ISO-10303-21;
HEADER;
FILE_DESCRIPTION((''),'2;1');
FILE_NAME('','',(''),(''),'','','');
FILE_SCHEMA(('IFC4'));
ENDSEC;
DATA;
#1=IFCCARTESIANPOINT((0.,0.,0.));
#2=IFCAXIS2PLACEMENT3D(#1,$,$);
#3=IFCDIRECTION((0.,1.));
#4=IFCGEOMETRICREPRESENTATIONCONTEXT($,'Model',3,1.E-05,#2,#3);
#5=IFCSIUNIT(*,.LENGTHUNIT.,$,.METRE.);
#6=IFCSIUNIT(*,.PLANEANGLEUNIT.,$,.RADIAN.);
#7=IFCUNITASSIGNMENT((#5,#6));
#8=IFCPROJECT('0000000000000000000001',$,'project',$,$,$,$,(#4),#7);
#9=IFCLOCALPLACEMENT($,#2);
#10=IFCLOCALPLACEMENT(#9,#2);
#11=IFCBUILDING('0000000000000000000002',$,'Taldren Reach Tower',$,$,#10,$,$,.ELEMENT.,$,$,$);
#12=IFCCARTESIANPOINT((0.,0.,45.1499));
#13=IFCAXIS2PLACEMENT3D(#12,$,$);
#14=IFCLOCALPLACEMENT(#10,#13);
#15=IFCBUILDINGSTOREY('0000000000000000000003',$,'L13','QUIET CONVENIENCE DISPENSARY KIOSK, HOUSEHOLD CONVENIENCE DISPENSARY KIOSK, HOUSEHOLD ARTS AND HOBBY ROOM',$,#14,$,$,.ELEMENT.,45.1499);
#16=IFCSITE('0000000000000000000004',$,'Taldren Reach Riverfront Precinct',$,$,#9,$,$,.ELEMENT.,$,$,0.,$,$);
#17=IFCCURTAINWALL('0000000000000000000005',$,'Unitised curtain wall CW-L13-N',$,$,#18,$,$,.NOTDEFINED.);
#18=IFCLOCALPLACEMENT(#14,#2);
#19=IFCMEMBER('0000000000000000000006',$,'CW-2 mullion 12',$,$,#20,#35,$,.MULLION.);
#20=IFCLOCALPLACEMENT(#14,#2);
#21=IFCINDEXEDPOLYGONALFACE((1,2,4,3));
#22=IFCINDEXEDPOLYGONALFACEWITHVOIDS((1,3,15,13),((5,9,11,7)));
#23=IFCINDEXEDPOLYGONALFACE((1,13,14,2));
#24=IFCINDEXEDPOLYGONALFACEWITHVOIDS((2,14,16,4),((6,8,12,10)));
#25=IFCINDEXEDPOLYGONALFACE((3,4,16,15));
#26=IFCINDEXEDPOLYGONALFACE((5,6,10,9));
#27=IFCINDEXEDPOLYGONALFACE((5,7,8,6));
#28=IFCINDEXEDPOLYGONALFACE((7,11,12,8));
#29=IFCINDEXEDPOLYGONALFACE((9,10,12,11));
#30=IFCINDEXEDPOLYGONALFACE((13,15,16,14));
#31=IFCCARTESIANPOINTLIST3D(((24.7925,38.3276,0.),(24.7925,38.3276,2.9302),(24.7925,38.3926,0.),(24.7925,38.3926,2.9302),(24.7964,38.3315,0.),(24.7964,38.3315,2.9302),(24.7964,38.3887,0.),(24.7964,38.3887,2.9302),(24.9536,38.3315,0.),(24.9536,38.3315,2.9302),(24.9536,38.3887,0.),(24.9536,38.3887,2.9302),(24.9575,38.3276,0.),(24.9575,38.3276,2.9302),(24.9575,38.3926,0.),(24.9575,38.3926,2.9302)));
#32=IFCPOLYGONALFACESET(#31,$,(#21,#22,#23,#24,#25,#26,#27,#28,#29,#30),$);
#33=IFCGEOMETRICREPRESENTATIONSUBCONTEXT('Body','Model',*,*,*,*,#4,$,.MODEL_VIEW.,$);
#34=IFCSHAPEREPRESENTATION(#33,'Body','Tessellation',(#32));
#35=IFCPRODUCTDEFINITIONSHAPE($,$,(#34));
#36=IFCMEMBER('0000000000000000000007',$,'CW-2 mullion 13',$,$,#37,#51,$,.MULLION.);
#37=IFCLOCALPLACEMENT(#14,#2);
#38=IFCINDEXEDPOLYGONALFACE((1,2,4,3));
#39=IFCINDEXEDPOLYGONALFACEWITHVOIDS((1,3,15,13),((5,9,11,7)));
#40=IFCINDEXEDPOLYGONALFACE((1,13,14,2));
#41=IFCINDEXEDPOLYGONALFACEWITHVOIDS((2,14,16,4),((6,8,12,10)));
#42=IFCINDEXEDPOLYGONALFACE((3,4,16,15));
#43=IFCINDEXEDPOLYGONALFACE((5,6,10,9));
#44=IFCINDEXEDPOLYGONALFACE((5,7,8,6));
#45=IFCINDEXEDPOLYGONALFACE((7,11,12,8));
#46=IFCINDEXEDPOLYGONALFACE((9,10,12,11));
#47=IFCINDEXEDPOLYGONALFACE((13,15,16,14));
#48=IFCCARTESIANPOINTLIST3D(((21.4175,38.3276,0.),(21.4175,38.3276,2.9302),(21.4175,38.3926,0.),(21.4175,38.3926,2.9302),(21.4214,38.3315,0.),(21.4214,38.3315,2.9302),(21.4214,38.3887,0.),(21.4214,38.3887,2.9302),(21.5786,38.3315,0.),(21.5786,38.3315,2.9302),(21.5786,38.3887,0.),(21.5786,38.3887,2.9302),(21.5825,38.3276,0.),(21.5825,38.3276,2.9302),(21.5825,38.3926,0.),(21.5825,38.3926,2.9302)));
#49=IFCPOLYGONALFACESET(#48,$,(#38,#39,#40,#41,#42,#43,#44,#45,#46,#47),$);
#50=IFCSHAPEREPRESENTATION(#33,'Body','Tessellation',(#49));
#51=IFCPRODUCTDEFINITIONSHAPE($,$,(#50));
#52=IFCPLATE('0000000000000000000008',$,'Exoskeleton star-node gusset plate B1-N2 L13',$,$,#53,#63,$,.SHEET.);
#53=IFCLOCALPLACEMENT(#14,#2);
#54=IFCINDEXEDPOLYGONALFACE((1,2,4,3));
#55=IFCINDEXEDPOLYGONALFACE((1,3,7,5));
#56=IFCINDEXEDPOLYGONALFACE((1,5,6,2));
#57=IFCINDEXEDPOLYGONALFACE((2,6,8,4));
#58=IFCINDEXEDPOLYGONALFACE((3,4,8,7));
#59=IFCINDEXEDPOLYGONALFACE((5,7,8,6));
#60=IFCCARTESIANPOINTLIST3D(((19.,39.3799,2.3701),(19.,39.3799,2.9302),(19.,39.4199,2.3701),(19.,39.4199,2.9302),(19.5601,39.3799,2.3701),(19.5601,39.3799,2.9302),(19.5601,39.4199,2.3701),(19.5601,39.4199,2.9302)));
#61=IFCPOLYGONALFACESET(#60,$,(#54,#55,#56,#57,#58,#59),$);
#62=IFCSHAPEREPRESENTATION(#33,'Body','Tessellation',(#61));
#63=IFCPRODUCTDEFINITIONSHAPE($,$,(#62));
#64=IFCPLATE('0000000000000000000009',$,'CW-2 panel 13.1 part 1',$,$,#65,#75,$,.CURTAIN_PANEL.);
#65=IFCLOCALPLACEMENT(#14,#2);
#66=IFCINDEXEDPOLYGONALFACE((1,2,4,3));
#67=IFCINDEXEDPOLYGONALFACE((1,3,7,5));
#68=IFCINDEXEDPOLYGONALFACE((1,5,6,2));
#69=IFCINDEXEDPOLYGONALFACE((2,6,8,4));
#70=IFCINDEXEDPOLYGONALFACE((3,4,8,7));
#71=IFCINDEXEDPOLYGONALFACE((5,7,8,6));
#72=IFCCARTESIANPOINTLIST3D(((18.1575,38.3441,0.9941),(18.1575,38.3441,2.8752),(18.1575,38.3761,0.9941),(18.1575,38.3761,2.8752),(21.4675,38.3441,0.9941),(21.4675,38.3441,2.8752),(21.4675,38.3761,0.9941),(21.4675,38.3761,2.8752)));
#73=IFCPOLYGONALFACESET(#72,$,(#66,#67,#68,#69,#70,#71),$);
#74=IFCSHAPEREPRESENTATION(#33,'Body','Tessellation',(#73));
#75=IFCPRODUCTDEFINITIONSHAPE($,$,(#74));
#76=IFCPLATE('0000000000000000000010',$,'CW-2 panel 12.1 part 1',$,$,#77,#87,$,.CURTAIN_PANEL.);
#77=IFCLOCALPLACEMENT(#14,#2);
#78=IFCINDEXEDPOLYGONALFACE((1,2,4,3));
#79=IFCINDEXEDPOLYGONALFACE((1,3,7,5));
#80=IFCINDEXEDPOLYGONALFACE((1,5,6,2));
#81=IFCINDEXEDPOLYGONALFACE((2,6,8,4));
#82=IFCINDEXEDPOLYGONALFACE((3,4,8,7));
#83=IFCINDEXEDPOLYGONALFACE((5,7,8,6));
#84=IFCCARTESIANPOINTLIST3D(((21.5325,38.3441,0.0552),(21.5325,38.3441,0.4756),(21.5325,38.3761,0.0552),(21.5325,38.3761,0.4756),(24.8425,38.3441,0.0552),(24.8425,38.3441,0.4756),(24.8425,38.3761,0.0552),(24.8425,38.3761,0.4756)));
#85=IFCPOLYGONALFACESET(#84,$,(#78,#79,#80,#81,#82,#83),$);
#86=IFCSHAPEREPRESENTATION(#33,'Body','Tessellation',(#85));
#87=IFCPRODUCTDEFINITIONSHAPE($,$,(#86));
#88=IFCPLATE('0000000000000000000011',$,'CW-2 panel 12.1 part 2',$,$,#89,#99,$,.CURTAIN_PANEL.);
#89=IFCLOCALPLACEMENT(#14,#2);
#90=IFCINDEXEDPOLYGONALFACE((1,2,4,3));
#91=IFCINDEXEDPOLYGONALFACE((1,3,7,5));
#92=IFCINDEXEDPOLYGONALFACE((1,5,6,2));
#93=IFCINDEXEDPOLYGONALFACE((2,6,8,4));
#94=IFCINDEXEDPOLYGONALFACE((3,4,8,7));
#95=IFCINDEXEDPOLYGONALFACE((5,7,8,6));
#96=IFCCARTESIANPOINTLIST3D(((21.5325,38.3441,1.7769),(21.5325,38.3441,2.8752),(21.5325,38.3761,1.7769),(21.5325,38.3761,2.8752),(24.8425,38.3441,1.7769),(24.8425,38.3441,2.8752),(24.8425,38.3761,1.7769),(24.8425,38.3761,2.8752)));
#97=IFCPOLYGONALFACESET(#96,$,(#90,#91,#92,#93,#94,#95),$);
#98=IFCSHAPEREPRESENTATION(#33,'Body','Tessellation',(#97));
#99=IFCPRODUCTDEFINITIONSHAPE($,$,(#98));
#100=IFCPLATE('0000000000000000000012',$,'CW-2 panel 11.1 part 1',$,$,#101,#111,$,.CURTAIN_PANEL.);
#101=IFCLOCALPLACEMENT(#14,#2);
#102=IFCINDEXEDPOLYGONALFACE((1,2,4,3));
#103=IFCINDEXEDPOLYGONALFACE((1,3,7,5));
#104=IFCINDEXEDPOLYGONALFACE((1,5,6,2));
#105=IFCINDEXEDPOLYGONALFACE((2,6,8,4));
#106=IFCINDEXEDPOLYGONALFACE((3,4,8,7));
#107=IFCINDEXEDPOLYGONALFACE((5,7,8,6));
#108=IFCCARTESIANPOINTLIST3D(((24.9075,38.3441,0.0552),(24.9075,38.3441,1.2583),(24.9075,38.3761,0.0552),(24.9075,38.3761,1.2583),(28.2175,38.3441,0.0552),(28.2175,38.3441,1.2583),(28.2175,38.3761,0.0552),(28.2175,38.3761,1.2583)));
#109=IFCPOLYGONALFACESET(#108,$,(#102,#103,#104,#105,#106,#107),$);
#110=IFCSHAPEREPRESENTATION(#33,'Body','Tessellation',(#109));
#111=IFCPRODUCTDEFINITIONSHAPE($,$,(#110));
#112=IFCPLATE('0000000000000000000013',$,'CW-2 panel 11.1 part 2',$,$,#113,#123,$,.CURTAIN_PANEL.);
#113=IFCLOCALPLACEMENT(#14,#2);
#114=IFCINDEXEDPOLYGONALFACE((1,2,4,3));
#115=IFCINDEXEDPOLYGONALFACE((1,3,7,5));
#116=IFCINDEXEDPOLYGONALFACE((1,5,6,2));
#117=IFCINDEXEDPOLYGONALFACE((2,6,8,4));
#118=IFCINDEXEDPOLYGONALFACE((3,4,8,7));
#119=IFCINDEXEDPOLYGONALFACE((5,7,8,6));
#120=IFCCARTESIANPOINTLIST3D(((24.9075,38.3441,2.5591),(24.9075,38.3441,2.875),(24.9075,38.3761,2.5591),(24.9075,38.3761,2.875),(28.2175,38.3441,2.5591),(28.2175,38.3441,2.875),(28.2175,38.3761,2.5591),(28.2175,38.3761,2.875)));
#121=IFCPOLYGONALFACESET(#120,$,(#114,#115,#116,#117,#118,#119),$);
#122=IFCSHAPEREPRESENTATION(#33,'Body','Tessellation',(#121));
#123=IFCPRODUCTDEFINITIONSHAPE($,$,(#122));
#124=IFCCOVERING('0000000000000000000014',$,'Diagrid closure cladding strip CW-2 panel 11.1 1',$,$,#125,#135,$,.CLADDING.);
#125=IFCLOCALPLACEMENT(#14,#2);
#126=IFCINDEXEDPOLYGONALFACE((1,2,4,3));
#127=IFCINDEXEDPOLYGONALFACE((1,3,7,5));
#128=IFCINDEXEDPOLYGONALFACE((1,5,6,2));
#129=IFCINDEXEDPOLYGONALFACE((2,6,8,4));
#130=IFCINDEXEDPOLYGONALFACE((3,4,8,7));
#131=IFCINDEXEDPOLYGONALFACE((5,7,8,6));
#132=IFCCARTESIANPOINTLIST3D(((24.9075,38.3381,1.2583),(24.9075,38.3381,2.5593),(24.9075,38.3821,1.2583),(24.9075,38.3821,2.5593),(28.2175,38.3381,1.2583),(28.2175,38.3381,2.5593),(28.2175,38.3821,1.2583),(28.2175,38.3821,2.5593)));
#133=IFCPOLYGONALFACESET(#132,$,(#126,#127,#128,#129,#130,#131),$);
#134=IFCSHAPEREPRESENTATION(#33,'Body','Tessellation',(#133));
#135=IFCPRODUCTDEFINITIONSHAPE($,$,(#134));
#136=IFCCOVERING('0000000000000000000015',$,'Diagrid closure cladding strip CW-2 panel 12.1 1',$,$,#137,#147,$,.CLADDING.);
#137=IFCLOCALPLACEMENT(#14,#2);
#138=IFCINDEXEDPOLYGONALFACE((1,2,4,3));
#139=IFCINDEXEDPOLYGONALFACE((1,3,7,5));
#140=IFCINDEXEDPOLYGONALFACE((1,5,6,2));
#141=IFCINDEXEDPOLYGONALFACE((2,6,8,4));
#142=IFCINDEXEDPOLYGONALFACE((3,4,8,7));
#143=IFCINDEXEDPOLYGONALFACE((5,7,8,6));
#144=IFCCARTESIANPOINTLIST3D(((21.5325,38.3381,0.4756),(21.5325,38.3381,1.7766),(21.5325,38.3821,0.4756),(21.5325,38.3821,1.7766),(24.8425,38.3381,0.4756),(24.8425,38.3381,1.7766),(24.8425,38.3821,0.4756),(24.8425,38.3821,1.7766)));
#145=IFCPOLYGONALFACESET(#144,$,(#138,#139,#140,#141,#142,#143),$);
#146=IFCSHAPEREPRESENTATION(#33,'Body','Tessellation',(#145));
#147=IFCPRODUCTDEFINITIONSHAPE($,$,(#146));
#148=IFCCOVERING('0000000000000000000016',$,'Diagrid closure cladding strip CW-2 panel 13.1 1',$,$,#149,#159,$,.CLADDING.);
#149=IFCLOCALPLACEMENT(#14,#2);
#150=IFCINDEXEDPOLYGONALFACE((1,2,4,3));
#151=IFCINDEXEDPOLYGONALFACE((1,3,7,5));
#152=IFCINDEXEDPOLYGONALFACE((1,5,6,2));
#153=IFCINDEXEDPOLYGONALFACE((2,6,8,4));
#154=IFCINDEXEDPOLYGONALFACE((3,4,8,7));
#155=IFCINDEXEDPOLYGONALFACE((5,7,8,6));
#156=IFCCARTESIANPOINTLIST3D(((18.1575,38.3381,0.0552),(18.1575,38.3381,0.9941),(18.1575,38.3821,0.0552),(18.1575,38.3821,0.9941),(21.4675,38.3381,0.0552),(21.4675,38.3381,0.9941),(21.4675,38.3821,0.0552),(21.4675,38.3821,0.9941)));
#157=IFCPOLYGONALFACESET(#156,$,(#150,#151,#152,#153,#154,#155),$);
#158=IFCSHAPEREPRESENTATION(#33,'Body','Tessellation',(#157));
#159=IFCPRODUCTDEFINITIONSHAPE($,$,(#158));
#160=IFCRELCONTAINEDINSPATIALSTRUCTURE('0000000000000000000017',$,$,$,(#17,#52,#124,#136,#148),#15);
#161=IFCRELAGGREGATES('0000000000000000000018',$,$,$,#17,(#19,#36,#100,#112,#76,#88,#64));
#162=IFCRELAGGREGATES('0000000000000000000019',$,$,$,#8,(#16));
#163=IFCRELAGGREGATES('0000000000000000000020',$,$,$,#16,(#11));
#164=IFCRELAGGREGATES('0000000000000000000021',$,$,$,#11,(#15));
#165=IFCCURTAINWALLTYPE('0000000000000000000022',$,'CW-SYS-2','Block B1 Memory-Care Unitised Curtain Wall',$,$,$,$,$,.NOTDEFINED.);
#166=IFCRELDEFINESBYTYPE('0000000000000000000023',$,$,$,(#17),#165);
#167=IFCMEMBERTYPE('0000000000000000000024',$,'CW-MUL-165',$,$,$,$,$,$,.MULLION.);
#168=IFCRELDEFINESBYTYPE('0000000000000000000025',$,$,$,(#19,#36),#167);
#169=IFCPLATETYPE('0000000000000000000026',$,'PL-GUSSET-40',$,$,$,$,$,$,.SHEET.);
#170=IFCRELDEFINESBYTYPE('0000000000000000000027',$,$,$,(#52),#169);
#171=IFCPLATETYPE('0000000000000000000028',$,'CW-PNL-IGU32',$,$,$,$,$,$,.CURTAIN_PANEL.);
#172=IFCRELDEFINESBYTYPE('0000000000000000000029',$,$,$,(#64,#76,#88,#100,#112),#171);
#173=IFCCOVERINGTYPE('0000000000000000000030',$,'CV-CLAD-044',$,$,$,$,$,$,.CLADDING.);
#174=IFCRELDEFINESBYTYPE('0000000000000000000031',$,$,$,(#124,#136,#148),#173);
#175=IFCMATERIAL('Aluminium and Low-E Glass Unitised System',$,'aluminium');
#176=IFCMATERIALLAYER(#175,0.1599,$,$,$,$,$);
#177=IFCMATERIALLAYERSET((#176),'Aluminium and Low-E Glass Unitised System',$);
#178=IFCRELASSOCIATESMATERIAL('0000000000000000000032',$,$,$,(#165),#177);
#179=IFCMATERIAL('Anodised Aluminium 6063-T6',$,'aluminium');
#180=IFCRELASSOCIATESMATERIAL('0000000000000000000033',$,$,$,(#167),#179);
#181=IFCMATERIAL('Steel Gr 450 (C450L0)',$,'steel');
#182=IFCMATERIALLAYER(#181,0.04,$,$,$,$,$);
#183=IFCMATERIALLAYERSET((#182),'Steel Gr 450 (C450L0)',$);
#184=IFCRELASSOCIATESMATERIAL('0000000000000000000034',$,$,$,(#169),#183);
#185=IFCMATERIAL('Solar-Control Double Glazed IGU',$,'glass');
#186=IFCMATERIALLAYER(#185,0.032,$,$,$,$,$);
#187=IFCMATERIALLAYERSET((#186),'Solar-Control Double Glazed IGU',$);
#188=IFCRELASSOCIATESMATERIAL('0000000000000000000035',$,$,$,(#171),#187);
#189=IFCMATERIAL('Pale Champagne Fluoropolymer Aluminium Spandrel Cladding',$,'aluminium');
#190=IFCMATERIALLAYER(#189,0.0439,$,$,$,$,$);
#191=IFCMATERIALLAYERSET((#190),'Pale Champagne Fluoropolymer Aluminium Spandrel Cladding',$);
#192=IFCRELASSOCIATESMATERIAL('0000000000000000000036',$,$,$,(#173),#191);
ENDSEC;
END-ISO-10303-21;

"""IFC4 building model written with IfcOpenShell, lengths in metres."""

from ifc_helpers import new_model, si_unit, direction, frame, origin, origin_2d, place, context, subcontext, project, spatial, rectangle, hollow_rectangle, extrude, source, transform, mapped, material, layer, layer_set, material_profile, profile_set, type_object, element, aggregate, save


model = new_model("IFC4")

# Units and contexts
model_context = context("Model", 3, precision=1e-05, world=origin(), true_north=direction((0.0, 1.0)))
body_context = subcontext(model_context, "Body", "Model", "MODEL_VIEW")
ifc_project = project(units=[si_unit("LENGTHUNIT", "METRE"), si_unit("PLANEANGLEUNIT", "RADIAN")], contexts=[model_context])

# Site, building, storey
site_placement = place(None, origin())
site = spatial("IfcSite", under=ifc_project, at=site_placement, Name="Taldren Reach Riverfront Precinct", CompositionType="ELEMENT", RefElevation=0.0)
building_placement = place(site_placement, origin())
building = spatial("IfcBuilding", under=site, at=building_placement, Name="Taldren Reach Tower", CompositionType="ELEMENT")
storey_placement = place(building_placement, frame((0.0, 0.0, 45.1499)))
storey = spatial("IfcBuildingStorey", under=building, at=storey_placement, Name="L13", Description="QUIET CONVENIENCE DISPENSARY KIOSK, HOUSEHOLD CONVENIENCE DISPENSARY KIOSK, HOUSEHOLD ARTS AND HOBBY ROOM", CompositionType="ELEMENT", Elevation=45.1499)

# Shared definitions
ifc_material_1 = material(Name="Steel Gr 450 (C450L0)", Category="steel")

# Curtain wall, members
ifc_material_2 = material(Name="Aluminium and Low-E Glass Unitised System", Category="aluminium")
ifc_layer_1 = layer(ifc_material_2, 0.1599)
ifc_layer_set_1 = layer_set([ifc_layer_1], Name="Aluminium and Low-E Glass Unitised System")
curtain_wall_type = type_object("IfcCurtainWallType", Name="CW-SYS-2", Description="Block B1 Memory-Care Unitised Curtain Wall", PredefinedType="NOTDEFINED", material=ifc_layer_set_1)
curtain_wall_placement = place(storey_placement, origin())
curtain_wall = element("IfcCurtainWall", 1, at=curtain_wall_placement, inside=storey, type_object=curtain_wall_type, Name="Unitised curtain wall CW-L13-N", PredefinedType="NOTDEFINED")
ifc_material_3 = material(Name="Anodised Aluminium 6063-T6", Category="aluminium")
ifc_material_profile_1 = material_profile(ifc_material_3, hollow_rectangle(XDim=0.0649, YDim=0.165, WallThickness=0.0039, at=origin_2d()), Name="ALU-165x65x4RHS")
ifc_profile_set_1 = profile_set([ifc_material_profile_1], Name="Anodised Aluminium 6063-T6")
member_type_1 = type_object("IfcMemberType", Name="CW-MUL-165", PredefinedType="MULLION", material=ifc_profile_set_1)
shared_shape_1 = source(origin(), body_context, "Body", "SweptSolid", [
    extrude(hollow_rectangle(XDim=0.0649, YDim=0.165, WallThickness=0.0039, at=origin_2d()), origin(), (0.0, 0.0, 1.0), 2.9302),
])
member_1_placement = place(storey_placement, frame((24.875, 38.3601, 0.0), z_axis=(0.0, 0.0, 1.0), x_axis=(0.0, -1.0, 0.0)))
member_1 = element("IfcMember", 2, at=member_1_placement, type_object=member_type_1, Name="CW-2 mullion 12", PredefinedType="MULLION", context=body_context, shape_type="MappedRepresentation", body=[
    mapped(shared_shape_1, transform((0.0, 0.0, 0.0), scale=1.0)),
])
member_2_placement = place(storey_placement, frame((21.5, 38.3601, 0.0), z_axis=(0.0, 0.0, 1.0), x_axis=(0.0, -1.0, 0.0)))
member_2 = element("IfcMember", 3, at=member_2_placement, type_object=member_type_1, Name="CW-2 mullion 13", PredefinedType="MULLION", context=body_context, shape_type="MappedRepresentation", body=[
    mapped(shared_shape_1, transform((0.0, 0.0, 0.0), scale=1.0)),
])

# Plates
ifc_layer_2 = layer(ifc_material_1, 0.04)
ifc_layer_set_2 = layer_set([ifc_layer_2], Name="Steel Gr 450 (C450L0)")
plate_type_1 = type_object("IfcPlateType", Name="PL-GUSSET-40", PredefinedType="SHEET", material=ifc_layer_set_2)
shared_shape_2 = source(origin(), body_context, "Body", "SweptSolid", [
    extrude(rectangle(XDim=0.5601, YDim=0.04, at=origin_2d()), origin(), (0.0, 0.0, 1.0), 0.5601),
])
plate_1_placement = place(storey_placement, frame((19.28, 39.3999, 2.3701), z_axis=(0.0, 0.0, 1.0), x_axis=(1.0, 0.0, 0.0)))
element("IfcPlate", 4, at=plate_1_placement, inside=storey, type_object=plate_type_1, Name="Exoskeleton star-node gusset plate B1-N2 L13", PredefinedType="SHEET", context=body_context, shape_type="MappedRepresentation", body=[
    mapped(shared_shape_2, transform((0.0, 0.0, 0.0), scale=1.0)),
])
ifc_material_4 = material(Name="Solar-Control Double Glazed IGU", Category="glass")
ifc_layer_3 = layer(ifc_material_4, 0.032)
ifc_layer_set_3 = layer_set([ifc_layer_3], Name="Solar-Control Double Glazed IGU")
plate_type_2 = type_object("IfcPlateType", Name="CW-PNL-IGU32", PredefinedType="CURTAIN_PANEL", material=ifc_layer_set_3)
shared_shape_3 = source(origin(), body_context, "Body", "SweptSolid", [
    extrude(rectangle(XDim=3.3101, YDim=0.032, at=origin_2d()), origin(), (0.0, 0.0, 1.0), 1.8811),
])
plate_2_placement = place(storey_placement, frame((19.8125, 38.3601, 0.9941), z_axis=(0.0, 0.0, 1.0), x_axis=(-1.0, 0.0, 0.0)))
plate_2 = element("IfcPlate", 5, at=plate_2_placement, type_object=plate_type_2, Name="CW-2 panel 13.1 part 1", PredefinedType="CURTAIN_PANEL", context=body_context, shape_type="MappedRepresentation", body=[
    mapped(shared_shape_3, transform((0.0, 0.0, 0.0), scale=1.0)),
])
shared_shape_4 = source(origin(), body_context, "Body", "SweptSolid", [
    extrude(rectangle(XDim=3.3101, YDim=0.032, at=origin_2d()), origin(), (0.0, 0.0, 1.0), 0.4204),
])
plate_3_placement = place(storey_placement, frame((23.1875, 38.3601, 0.0552), z_axis=(0.0, 0.0, 1.0), x_axis=(-1.0, 0.0, 0.0)))
plate_3 = element("IfcPlate", 6, at=plate_3_placement, type_object=plate_type_2, Name="CW-2 panel 12.1 part 1", PredefinedType="CURTAIN_PANEL", context=body_context, shape_type="MappedRepresentation", body=[
    mapped(shared_shape_4, transform((0.0, 0.0, 0.0), scale=1.0)),
])
shared_shape_5 = source(origin(), body_context, "Body", "SweptSolid", [
    extrude(rectangle(XDim=3.3101, YDim=0.032, at=origin_2d()), origin(), (0.0, 0.0, 1.0), 1.0984),
])
plate_4_placement = place(storey_placement, frame((23.1875, 38.3601, 1.7769), z_axis=(0.0, 0.0, 1.0), x_axis=(-1.0, 0.0, 0.0)))
plate_4 = element("IfcPlate", 7, at=plate_4_placement, type_object=plate_type_2, Name="CW-2 panel 12.1 part 2", PredefinedType="CURTAIN_PANEL", context=body_context, shape_type="MappedRepresentation", body=[
    mapped(shared_shape_5, transform((0.0, 0.0, 0.0), scale=1.0)),
])
shared_shape_6 = source(origin(), body_context, "Body", "SweptSolid", [
    extrude(rectangle(XDim=3.3101, YDim=0.032, at=origin_2d()), origin(), (0.0, 0.0, 1.0), 1.2031),
])
plate_5_placement = place(storey_placement, frame((26.5625, 38.3601, 0.0552), z_axis=(0.0, 0.0, 1.0), x_axis=(-1.0, 0.0, 0.0)))
plate_5 = element("IfcPlate", 8, at=plate_5_placement, type_object=plate_type_2, Name="CW-2 panel 11.1 part 1", PredefinedType="CURTAIN_PANEL", context=body_context, shape_type="MappedRepresentation", body=[
    mapped(shared_shape_6, transform((0.0, 0.0, 0.0), scale=1.0)),
])
shared_shape_7 = source(origin(), body_context, "Body", "SweptSolid", [
    extrude(rectangle(XDim=3.3101, YDim=0.032, at=origin_2d()), origin(), (0.0, 0.0, 1.0), 0.3159),
])
plate_6_placement = place(storey_placement, frame((26.5625, 38.3601, 2.5591), z_axis=(0.0, 0.0, 1.0), x_axis=(-1.0, 0.0, 0.0)))
plate_6 = element("IfcPlate", 9, at=plate_6_placement, type_object=plate_type_2, Name="CW-2 panel 11.1 part 2", PredefinedType="CURTAIN_PANEL", context=body_context, shape_type="MappedRepresentation", body=[
    mapped(shared_shape_7, transform((0.0, 0.0, 0.0), scale=1.0)),
])
aggregate(curtain_wall, [member_1, member_2, plate_5, plate_6, plate_3, plate_4, plate_2])

# Coverings
ifc_material_5 = material(Name="Pale Champagne Fluoropolymer Aluminium Spandrel Cladding", Category="aluminium")
ifc_layer_4 = layer(ifc_material_5, 0.0439)
ifc_layer_set_4 = layer_set([ifc_layer_4], Name="Pale Champagne Fluoropolymer Aluminium Spandrel Cladding")
covering_type = type_object("IfcCoveringType", Name="CV-CLAD-044", PredefinedType="CLADDING", material=ifc_layer_set_4)
shared_shape_8 = source(origin(), body_context, "Body", "SweptSolid", [
    extrude(rectangle(XDim=3.3101, YDim=0.0439, at=origin_2d()), origin(), (0.0, 0.0, 1.0), 1.301),
])
for number, where, z_axis, x_axis, name in (
    (10, (26.5625, 38.3601, 1.2583), (0.0, 0.0, 1.0), (-1.0, 0.0, 0.0), "Diagrid closure cladding strip CW-2 panel 11.1 1"),
    (11, (23.1875, 38.3601, 0.4756), (0.0, 0.0, 1.0), (-1.0, 0.0, 0.0), "Diagrid closure cladding strip CW-2 panel 12.1 1"),
):
    element("IfcCovering", number, at=place(storey_placement, frame(where, z_axis=z_axis, x_axis=x_axis)), inside=storey, type_object=covering_type, Name=name, PredefinedType="CLADDING", context=body_context, shape_type="MappedRepresentation", body=[
        mapped(shared_shape_8, transform((0.0, 0.0, 0.0), scale=1.0)),
    ])
shared_shape_9 = source(origin(), body_context, "Body", "SweptSolid", [
    extrude(rectangle(XDim=3.3101, YDim=0.0439, at=origin_2d()), origin(), (0.0, 0.0, 1.0), 0.939),
])
covering_placement = place(storey_placement, frame((19.8125, 38.3601, 0.0552), z_axis=(0.0, 0.0, 1.0), x_axis=(-1.0, 0.0, 0.0)))
element("IfcCovering", 12, at=covering_placement, inside=storey, type_object=covering_type, Name="Diagrid closure cladding strip CW-2 panel 13.1 1", PredefinedType="CLADDING", context=body_context, shape_type="MappedRepresentation", body=[
    mapped(shared_shape_9, transform((0.0, 0.0, 0.0), scale=1.0)),
])

save(model, "model.ifc")
